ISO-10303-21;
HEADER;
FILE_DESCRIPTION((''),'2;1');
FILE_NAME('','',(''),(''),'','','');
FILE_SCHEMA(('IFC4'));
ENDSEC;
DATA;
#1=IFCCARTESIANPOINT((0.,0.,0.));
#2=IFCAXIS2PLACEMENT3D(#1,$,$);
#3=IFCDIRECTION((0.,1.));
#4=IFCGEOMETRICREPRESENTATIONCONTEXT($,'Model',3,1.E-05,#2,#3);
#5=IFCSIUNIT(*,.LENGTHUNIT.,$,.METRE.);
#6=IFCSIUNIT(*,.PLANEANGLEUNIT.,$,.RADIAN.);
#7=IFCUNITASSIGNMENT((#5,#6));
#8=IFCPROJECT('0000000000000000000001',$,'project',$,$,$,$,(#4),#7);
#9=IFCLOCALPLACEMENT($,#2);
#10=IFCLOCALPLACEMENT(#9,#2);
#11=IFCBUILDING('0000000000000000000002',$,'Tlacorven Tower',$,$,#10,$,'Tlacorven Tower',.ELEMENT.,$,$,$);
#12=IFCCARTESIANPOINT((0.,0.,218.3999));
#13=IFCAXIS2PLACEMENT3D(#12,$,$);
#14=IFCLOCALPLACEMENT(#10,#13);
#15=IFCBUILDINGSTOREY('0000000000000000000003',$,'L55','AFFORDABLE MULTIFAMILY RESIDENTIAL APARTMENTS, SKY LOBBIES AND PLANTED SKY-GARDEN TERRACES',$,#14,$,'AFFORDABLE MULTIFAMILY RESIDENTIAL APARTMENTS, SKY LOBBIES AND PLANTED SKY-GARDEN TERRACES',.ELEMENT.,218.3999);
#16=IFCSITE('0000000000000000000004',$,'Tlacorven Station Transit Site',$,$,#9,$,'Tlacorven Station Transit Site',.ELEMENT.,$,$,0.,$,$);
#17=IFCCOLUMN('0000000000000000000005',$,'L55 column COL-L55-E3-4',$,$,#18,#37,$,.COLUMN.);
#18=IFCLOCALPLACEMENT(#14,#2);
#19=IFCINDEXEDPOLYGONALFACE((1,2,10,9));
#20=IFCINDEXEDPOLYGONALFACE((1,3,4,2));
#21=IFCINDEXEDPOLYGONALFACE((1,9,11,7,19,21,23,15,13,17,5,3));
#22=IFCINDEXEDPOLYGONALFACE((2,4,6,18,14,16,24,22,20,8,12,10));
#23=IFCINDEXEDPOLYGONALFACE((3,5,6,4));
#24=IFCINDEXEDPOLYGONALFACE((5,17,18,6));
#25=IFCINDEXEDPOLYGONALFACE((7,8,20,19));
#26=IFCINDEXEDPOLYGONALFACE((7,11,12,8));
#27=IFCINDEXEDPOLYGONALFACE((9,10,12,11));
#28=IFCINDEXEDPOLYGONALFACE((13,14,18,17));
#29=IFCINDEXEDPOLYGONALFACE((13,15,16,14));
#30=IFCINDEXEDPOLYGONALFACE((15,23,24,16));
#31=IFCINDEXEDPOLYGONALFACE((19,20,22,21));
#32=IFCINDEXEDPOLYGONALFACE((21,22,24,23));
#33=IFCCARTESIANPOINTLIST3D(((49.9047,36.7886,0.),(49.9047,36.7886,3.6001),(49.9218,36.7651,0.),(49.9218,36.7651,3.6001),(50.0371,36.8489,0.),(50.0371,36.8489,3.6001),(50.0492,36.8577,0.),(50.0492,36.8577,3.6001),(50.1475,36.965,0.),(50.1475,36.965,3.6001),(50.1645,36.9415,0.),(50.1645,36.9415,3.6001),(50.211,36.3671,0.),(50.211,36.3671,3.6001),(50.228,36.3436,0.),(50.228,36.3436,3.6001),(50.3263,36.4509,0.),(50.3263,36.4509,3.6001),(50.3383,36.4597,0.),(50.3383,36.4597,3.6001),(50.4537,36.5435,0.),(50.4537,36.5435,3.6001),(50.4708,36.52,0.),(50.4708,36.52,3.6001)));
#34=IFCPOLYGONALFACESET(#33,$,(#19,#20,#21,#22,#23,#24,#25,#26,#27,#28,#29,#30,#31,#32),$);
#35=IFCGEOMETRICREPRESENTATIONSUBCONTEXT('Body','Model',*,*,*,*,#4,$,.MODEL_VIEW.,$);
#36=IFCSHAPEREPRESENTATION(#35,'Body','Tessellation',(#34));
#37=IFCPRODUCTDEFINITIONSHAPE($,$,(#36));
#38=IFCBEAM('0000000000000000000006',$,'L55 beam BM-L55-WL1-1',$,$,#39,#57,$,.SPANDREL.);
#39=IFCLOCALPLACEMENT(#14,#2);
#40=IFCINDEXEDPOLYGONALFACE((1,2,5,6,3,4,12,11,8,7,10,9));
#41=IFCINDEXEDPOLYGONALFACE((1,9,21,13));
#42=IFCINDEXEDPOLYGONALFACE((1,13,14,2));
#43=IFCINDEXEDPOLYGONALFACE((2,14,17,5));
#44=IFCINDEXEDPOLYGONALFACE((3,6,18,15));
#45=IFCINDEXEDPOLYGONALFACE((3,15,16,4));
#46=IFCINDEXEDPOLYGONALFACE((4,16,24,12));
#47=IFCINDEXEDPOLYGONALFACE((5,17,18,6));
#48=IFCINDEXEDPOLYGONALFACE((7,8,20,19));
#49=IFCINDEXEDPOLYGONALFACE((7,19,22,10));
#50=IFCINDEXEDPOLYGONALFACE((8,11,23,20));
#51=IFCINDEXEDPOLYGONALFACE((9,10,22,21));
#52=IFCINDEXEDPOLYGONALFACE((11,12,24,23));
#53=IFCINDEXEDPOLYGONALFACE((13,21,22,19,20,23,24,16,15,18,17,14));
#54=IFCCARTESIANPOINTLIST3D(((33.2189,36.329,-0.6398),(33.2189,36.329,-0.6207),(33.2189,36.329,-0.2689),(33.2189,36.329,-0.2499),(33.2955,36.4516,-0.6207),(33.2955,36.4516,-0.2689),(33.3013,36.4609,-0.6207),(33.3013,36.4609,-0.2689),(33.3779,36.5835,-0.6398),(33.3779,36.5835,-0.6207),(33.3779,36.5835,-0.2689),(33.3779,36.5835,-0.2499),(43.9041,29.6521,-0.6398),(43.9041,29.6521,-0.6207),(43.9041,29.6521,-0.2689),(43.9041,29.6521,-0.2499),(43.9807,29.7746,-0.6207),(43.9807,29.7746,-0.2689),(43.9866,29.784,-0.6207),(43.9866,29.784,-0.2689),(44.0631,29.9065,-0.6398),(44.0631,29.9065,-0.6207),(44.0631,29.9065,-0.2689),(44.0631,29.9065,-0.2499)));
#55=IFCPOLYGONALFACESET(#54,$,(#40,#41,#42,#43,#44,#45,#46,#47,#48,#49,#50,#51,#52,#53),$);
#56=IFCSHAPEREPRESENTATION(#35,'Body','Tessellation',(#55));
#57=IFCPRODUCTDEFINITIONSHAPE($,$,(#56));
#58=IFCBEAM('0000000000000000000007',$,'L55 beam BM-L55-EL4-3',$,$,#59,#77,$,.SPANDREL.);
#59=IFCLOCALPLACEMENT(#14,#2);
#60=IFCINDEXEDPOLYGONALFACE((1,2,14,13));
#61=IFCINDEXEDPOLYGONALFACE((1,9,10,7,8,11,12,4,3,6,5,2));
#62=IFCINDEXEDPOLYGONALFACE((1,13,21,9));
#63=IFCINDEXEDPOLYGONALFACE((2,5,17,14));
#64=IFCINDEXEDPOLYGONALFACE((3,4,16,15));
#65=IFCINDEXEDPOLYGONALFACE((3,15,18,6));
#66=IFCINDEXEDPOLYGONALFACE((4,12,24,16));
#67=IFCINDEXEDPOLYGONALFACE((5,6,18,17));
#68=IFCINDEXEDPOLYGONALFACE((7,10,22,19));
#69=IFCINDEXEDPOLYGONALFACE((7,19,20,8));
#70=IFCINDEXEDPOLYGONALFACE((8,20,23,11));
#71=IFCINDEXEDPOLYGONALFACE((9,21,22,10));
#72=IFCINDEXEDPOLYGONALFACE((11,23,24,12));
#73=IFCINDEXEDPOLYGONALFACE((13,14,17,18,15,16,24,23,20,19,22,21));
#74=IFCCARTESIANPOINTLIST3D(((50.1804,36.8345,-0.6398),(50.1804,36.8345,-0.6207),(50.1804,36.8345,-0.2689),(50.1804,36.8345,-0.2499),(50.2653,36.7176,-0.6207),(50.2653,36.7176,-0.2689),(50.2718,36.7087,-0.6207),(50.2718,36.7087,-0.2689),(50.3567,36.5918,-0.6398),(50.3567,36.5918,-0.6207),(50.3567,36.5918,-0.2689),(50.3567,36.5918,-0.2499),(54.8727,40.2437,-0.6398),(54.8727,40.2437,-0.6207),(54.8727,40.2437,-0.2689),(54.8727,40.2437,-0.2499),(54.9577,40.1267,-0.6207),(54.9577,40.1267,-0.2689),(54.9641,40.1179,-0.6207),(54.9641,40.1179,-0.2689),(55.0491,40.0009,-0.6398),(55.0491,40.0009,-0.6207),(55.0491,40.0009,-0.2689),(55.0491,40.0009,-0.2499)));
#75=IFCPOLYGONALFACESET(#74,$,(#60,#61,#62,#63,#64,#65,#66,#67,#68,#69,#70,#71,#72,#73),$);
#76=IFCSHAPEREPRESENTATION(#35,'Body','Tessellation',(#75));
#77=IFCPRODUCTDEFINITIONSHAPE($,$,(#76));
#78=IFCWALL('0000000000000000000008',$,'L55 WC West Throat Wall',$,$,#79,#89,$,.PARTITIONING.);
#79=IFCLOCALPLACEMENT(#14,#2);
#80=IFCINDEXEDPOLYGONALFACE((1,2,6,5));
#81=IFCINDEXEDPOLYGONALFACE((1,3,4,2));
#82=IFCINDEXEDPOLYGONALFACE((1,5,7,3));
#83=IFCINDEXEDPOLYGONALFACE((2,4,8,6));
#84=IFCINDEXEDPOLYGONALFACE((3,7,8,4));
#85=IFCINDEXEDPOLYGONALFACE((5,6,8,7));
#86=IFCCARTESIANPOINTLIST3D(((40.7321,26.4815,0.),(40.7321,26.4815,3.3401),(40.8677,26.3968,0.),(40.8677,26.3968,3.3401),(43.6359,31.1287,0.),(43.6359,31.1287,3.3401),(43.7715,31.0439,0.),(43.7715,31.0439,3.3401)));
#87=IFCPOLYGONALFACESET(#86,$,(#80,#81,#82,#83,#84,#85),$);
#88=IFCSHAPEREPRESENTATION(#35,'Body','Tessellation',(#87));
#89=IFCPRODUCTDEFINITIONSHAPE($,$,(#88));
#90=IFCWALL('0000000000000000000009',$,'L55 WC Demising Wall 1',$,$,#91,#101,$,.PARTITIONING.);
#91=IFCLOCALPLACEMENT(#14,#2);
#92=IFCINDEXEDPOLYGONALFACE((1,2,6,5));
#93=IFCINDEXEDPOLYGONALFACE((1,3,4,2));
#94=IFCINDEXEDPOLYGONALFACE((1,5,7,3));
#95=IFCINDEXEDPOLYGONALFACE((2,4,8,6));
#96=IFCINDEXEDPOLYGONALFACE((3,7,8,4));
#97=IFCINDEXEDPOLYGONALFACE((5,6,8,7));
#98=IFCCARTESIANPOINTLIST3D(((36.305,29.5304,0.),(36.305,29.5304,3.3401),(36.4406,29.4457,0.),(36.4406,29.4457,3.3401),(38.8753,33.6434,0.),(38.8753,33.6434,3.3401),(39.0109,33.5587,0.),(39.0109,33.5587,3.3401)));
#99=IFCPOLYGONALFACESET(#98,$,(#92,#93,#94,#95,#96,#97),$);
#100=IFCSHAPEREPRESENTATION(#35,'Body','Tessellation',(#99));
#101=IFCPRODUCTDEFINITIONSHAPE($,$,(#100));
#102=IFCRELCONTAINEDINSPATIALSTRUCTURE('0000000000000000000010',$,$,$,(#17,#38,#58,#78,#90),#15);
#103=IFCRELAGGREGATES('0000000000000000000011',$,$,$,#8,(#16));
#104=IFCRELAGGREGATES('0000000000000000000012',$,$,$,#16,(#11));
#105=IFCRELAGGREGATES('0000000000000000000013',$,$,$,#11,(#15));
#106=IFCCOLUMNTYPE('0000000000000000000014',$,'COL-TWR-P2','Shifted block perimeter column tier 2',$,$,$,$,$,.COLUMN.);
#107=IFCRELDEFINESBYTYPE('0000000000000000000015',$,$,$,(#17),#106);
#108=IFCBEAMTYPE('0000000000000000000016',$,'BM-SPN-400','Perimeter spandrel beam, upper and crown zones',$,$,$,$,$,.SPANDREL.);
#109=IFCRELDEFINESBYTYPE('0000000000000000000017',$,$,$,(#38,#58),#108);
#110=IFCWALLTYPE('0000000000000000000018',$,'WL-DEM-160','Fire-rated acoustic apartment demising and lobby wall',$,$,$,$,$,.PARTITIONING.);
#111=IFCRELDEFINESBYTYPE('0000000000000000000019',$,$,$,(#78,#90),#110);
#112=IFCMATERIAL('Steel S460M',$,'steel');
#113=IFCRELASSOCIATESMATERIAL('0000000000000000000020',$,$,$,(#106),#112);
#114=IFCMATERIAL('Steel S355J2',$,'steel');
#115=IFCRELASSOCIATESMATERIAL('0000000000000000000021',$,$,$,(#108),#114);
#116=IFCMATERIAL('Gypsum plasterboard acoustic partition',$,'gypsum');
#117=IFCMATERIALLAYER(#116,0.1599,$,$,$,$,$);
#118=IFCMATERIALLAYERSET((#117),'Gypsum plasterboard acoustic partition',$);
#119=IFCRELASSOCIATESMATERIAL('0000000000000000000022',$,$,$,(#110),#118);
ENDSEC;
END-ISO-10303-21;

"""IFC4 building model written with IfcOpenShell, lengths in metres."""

from ifc_helpers import new_model, si_unit, direction, frame, frame_2d, origin, origin_2d, place, context, subcontext, project, spatial, rectangle, i_section, extrude, source, transform, mapped, material, layer, layer_set, material_profile, profile_set, type_object, element, save


model = new_model("IFC4")

# Units and contexts
model_context = context("Model", 3, precision=1e-05, world=origin(), true_north=direction((0.0, 1.0)))
body_context = subcontext(model_context, "Body", "Model", "MODEL_VIEW")
ifc_project = project(units=[si_unit("LENGTHUNIT", "METRE"), si_unit("PLANEANGLEUNIT", "RADIAN")], contexts=[model_context])

# Site, building, storey
site_placement = place(None, origin())
site = spatial("IfcSite", under=ifc_project, at=site_placement, Name="Tlacorven Station Transit Site", LongName="Tlacorven Station Transit Site", CompositionType="ELEMENT", RefElevation=0.0)
building_placement = place(site_placement, origin())
building = spatial("IfcBuilding", under=site, at=building_placement, Name="Tlacorven Tower", LongName="Tlacorven Tower", CompositionType="ELEMENT")
storey_placement = place(building_placement, frame((0.0, 0.0, 218.3999)))
storey = spatial("IfcBuildingStorey", under=building, at=storey_placement, Name="L55", Description="AFFORDABLE MULTIFAMILY RESIDENTIAL APARTMENTS, SKY LOBBIES AND PLANTED SKY-GARDEN TERRACES", LongName="AFFORDABLE MULTIFAMILY RESIDENTIAL APARTMENTS, SKY LOBBIES AND PLANTED SKY-GARDEN TERRACES", CompositionType="ELEMENT", Elevation=218.3999)

# Column
ifc_material_1 = material(Name="Steel S460M", Category="steel")
ifc_material_profile_1 = material_profile(ifc_material_1, i_section(OverallWidth=0.3, OverallDepth=0.55, WebThickness=0.0149, FlangeThickness=0.0291, at=origin_2d()), Name="HEB 550")
ifc_profile_set_1 = profile_set([ifc_material_profile_1], Name="Steel S460M")
column_type = type_object("IfcColumnType", Name="COL-TWR-P2", Description="Shifted block perimeter column tier 2", PredefinedType="COLUMN", material=ifc_profile_set_1)
shared_shape_1 = source(origin(), body_context, "Body", "SweptSolid", [
    extrude(i_section(OverallWidth=0.3, OverallDepth=0.55, WebThickness=0.0149, FlangeThickness=0.0291, at=origin_2d()), origin(), (0.0, 0.0, 1.0), 3.6001),
])
column_placement = place(storey_placement, frame((50.1877, 36.6543, 0.0), z_axis=(0.0, 0.0, 1.0), x_axis=(0.809017, 0.587785, 0.0)))
element("IfcColumn", 1, at=column_placement, inside=storey, type_object=column_type, Name="L55 column COL-L55-E3-4", PredefinedType="COLUMN", context=body_context, shape_type="MappedRepresentation", body=[
    mapped(shared_shape_1, transform((0.0, 0.0, 0.0), scale=1.0)),
])

# Beams
ifc_material_2 = material(Name="Steel S355J2", Category="steel")
ifc_material_profile_2 = material_profile(ifc_material_2, i_section(OverallWidth=0.3, OverallDepth=0.3899, WebThickness=0.011, FlangeThickness=0.019, at=origin_2d()), Name="HEA 400")
ifc_profile_set_2 = profile_set([ifc_material_profile_2], Name="Steel S355J2")
beam_type = type_object("IfcBeamType", Name="BM-SPN-400", Description="Perimeter spandrel beam, upper and crown zones", PredefinedType="SPANDREL", material=ifc_profile_set_2)
shared_shape_2 = source(origin(), body_context, "Body", "SweptSolid", [
    extrude(i_section(OverallWidth=0.3, OverallDepth=0.3899, WebThickness=0.011, FlangeThickness=0.019, at=origin_2d()), origin(), (0.0, 0.0, 1.0), 12.5999),
])
beam_1_placement = place(storey_placement, frame((43.9836, 29.7793, -0.4448), z_axis=(-0.848045, 0.529924, 0.0), x_axis=(-0.529924, -0.848045, 0.0)))
element("IfcBeam", 2, at=beam_1_placement, inside=storey, type_object=beam_type, Name="L55 beam BM-L55-WL1-1", PredefinedType="SPANDREL", context=body_context, shape_type="MappedRepresentation", body=[
    mapped(shared_shape_2, transform((0.0, 0.0, 0.0), scale=1.0)),
])
shared_shape_3 = source(origin(), body_context, "Body", "SweptSolid", [
    extrude(i_section(OverallWidth=0.3, OverallDepth=0.3899, WebThickness=0.011, FlangeThickness=0.019, at=origin_2d()), origin(), (0.0, 0.0, 1.0), 5.8),
])
beam_2_placement = place(storey_placement, frame((50.2686, 36.7131, -0.4448), z_axis=(0.80902, 0.587781, 0.0), x_axis=(-0.587781, 0.80902, 0.0)))
element("IfcBeam", 3, at=beam_2_placement, inside=storey, type_object=beam_type, Name="L55 beam BM-L55-EL4-3", PredefinedType="SPANDREL", context=body_context, shape_type="MappedRepresentation", body=[
    mapped(shared_shape_3, transform((0.0, 0.0, 0.0), scale=1.0)),
])

# Walls
ifc_material_3 = material(Name="Gypsum plasterboard acoustic partition", Category="gypsum")
ifc_layer_1 = layer(ifc_material_3, 0.1599)
ifc_layer_set_1 = layer_set([ifc_layer_1], Name="Gypsum plasterboard acoustic partition")
wall_type_1 = type_object("IfcWallType", Name="WL-DEM-160", Description="Fire-rated acoustic apartment demising and lobby wall", PredefinedType="PARTITIONING", material=ifc_layer_set_1)
wall_1_placement = place(storey_placement, frame((43.7036, 31.0862, 0.0), z_axis=(0.0, 0.0, 1.0), x_axis=(-0.529907, -0.848056, 0.0)))
element("IfcWall", 4, at=wall_1_placement, inside=storey, type_object=wall_type_1, Name="L55 WC West Throat Wall", PredefinedType="PARTITIONING", context=body_context, shape_type="SweptSolid", body=[
    extrude(rectangle(XDim=5.4797, YDim=0.1599, at=frame_2d((2.7397, 0.0))), origin(), (0.0, 0.0, 1.0), 3.3401),
])
wall_2_placement = place(storey_placement, frame((38.9431, 33.6011, 0.0), z_axis=(0.0, 0.0, 1.0), x_axis=(-0.529949, -0.848029, 0.0)))
element("IfcWall", 5, at=wall_2_placement, inside=storey, type_object=wall_type_1, Name="L55 WC Demising Wall 1", PredefinedType="PARTITIONING", context=body_context, shape_type="SweptSolid", body=[
    extrude(rectangle(XDim=4.8501, YDim=0.1599, at=frame_2d((2.425, 0.0))), origin(), (0.0, 0.0, 1.0), 3.3401),
])

save(model, "model.ifc")
